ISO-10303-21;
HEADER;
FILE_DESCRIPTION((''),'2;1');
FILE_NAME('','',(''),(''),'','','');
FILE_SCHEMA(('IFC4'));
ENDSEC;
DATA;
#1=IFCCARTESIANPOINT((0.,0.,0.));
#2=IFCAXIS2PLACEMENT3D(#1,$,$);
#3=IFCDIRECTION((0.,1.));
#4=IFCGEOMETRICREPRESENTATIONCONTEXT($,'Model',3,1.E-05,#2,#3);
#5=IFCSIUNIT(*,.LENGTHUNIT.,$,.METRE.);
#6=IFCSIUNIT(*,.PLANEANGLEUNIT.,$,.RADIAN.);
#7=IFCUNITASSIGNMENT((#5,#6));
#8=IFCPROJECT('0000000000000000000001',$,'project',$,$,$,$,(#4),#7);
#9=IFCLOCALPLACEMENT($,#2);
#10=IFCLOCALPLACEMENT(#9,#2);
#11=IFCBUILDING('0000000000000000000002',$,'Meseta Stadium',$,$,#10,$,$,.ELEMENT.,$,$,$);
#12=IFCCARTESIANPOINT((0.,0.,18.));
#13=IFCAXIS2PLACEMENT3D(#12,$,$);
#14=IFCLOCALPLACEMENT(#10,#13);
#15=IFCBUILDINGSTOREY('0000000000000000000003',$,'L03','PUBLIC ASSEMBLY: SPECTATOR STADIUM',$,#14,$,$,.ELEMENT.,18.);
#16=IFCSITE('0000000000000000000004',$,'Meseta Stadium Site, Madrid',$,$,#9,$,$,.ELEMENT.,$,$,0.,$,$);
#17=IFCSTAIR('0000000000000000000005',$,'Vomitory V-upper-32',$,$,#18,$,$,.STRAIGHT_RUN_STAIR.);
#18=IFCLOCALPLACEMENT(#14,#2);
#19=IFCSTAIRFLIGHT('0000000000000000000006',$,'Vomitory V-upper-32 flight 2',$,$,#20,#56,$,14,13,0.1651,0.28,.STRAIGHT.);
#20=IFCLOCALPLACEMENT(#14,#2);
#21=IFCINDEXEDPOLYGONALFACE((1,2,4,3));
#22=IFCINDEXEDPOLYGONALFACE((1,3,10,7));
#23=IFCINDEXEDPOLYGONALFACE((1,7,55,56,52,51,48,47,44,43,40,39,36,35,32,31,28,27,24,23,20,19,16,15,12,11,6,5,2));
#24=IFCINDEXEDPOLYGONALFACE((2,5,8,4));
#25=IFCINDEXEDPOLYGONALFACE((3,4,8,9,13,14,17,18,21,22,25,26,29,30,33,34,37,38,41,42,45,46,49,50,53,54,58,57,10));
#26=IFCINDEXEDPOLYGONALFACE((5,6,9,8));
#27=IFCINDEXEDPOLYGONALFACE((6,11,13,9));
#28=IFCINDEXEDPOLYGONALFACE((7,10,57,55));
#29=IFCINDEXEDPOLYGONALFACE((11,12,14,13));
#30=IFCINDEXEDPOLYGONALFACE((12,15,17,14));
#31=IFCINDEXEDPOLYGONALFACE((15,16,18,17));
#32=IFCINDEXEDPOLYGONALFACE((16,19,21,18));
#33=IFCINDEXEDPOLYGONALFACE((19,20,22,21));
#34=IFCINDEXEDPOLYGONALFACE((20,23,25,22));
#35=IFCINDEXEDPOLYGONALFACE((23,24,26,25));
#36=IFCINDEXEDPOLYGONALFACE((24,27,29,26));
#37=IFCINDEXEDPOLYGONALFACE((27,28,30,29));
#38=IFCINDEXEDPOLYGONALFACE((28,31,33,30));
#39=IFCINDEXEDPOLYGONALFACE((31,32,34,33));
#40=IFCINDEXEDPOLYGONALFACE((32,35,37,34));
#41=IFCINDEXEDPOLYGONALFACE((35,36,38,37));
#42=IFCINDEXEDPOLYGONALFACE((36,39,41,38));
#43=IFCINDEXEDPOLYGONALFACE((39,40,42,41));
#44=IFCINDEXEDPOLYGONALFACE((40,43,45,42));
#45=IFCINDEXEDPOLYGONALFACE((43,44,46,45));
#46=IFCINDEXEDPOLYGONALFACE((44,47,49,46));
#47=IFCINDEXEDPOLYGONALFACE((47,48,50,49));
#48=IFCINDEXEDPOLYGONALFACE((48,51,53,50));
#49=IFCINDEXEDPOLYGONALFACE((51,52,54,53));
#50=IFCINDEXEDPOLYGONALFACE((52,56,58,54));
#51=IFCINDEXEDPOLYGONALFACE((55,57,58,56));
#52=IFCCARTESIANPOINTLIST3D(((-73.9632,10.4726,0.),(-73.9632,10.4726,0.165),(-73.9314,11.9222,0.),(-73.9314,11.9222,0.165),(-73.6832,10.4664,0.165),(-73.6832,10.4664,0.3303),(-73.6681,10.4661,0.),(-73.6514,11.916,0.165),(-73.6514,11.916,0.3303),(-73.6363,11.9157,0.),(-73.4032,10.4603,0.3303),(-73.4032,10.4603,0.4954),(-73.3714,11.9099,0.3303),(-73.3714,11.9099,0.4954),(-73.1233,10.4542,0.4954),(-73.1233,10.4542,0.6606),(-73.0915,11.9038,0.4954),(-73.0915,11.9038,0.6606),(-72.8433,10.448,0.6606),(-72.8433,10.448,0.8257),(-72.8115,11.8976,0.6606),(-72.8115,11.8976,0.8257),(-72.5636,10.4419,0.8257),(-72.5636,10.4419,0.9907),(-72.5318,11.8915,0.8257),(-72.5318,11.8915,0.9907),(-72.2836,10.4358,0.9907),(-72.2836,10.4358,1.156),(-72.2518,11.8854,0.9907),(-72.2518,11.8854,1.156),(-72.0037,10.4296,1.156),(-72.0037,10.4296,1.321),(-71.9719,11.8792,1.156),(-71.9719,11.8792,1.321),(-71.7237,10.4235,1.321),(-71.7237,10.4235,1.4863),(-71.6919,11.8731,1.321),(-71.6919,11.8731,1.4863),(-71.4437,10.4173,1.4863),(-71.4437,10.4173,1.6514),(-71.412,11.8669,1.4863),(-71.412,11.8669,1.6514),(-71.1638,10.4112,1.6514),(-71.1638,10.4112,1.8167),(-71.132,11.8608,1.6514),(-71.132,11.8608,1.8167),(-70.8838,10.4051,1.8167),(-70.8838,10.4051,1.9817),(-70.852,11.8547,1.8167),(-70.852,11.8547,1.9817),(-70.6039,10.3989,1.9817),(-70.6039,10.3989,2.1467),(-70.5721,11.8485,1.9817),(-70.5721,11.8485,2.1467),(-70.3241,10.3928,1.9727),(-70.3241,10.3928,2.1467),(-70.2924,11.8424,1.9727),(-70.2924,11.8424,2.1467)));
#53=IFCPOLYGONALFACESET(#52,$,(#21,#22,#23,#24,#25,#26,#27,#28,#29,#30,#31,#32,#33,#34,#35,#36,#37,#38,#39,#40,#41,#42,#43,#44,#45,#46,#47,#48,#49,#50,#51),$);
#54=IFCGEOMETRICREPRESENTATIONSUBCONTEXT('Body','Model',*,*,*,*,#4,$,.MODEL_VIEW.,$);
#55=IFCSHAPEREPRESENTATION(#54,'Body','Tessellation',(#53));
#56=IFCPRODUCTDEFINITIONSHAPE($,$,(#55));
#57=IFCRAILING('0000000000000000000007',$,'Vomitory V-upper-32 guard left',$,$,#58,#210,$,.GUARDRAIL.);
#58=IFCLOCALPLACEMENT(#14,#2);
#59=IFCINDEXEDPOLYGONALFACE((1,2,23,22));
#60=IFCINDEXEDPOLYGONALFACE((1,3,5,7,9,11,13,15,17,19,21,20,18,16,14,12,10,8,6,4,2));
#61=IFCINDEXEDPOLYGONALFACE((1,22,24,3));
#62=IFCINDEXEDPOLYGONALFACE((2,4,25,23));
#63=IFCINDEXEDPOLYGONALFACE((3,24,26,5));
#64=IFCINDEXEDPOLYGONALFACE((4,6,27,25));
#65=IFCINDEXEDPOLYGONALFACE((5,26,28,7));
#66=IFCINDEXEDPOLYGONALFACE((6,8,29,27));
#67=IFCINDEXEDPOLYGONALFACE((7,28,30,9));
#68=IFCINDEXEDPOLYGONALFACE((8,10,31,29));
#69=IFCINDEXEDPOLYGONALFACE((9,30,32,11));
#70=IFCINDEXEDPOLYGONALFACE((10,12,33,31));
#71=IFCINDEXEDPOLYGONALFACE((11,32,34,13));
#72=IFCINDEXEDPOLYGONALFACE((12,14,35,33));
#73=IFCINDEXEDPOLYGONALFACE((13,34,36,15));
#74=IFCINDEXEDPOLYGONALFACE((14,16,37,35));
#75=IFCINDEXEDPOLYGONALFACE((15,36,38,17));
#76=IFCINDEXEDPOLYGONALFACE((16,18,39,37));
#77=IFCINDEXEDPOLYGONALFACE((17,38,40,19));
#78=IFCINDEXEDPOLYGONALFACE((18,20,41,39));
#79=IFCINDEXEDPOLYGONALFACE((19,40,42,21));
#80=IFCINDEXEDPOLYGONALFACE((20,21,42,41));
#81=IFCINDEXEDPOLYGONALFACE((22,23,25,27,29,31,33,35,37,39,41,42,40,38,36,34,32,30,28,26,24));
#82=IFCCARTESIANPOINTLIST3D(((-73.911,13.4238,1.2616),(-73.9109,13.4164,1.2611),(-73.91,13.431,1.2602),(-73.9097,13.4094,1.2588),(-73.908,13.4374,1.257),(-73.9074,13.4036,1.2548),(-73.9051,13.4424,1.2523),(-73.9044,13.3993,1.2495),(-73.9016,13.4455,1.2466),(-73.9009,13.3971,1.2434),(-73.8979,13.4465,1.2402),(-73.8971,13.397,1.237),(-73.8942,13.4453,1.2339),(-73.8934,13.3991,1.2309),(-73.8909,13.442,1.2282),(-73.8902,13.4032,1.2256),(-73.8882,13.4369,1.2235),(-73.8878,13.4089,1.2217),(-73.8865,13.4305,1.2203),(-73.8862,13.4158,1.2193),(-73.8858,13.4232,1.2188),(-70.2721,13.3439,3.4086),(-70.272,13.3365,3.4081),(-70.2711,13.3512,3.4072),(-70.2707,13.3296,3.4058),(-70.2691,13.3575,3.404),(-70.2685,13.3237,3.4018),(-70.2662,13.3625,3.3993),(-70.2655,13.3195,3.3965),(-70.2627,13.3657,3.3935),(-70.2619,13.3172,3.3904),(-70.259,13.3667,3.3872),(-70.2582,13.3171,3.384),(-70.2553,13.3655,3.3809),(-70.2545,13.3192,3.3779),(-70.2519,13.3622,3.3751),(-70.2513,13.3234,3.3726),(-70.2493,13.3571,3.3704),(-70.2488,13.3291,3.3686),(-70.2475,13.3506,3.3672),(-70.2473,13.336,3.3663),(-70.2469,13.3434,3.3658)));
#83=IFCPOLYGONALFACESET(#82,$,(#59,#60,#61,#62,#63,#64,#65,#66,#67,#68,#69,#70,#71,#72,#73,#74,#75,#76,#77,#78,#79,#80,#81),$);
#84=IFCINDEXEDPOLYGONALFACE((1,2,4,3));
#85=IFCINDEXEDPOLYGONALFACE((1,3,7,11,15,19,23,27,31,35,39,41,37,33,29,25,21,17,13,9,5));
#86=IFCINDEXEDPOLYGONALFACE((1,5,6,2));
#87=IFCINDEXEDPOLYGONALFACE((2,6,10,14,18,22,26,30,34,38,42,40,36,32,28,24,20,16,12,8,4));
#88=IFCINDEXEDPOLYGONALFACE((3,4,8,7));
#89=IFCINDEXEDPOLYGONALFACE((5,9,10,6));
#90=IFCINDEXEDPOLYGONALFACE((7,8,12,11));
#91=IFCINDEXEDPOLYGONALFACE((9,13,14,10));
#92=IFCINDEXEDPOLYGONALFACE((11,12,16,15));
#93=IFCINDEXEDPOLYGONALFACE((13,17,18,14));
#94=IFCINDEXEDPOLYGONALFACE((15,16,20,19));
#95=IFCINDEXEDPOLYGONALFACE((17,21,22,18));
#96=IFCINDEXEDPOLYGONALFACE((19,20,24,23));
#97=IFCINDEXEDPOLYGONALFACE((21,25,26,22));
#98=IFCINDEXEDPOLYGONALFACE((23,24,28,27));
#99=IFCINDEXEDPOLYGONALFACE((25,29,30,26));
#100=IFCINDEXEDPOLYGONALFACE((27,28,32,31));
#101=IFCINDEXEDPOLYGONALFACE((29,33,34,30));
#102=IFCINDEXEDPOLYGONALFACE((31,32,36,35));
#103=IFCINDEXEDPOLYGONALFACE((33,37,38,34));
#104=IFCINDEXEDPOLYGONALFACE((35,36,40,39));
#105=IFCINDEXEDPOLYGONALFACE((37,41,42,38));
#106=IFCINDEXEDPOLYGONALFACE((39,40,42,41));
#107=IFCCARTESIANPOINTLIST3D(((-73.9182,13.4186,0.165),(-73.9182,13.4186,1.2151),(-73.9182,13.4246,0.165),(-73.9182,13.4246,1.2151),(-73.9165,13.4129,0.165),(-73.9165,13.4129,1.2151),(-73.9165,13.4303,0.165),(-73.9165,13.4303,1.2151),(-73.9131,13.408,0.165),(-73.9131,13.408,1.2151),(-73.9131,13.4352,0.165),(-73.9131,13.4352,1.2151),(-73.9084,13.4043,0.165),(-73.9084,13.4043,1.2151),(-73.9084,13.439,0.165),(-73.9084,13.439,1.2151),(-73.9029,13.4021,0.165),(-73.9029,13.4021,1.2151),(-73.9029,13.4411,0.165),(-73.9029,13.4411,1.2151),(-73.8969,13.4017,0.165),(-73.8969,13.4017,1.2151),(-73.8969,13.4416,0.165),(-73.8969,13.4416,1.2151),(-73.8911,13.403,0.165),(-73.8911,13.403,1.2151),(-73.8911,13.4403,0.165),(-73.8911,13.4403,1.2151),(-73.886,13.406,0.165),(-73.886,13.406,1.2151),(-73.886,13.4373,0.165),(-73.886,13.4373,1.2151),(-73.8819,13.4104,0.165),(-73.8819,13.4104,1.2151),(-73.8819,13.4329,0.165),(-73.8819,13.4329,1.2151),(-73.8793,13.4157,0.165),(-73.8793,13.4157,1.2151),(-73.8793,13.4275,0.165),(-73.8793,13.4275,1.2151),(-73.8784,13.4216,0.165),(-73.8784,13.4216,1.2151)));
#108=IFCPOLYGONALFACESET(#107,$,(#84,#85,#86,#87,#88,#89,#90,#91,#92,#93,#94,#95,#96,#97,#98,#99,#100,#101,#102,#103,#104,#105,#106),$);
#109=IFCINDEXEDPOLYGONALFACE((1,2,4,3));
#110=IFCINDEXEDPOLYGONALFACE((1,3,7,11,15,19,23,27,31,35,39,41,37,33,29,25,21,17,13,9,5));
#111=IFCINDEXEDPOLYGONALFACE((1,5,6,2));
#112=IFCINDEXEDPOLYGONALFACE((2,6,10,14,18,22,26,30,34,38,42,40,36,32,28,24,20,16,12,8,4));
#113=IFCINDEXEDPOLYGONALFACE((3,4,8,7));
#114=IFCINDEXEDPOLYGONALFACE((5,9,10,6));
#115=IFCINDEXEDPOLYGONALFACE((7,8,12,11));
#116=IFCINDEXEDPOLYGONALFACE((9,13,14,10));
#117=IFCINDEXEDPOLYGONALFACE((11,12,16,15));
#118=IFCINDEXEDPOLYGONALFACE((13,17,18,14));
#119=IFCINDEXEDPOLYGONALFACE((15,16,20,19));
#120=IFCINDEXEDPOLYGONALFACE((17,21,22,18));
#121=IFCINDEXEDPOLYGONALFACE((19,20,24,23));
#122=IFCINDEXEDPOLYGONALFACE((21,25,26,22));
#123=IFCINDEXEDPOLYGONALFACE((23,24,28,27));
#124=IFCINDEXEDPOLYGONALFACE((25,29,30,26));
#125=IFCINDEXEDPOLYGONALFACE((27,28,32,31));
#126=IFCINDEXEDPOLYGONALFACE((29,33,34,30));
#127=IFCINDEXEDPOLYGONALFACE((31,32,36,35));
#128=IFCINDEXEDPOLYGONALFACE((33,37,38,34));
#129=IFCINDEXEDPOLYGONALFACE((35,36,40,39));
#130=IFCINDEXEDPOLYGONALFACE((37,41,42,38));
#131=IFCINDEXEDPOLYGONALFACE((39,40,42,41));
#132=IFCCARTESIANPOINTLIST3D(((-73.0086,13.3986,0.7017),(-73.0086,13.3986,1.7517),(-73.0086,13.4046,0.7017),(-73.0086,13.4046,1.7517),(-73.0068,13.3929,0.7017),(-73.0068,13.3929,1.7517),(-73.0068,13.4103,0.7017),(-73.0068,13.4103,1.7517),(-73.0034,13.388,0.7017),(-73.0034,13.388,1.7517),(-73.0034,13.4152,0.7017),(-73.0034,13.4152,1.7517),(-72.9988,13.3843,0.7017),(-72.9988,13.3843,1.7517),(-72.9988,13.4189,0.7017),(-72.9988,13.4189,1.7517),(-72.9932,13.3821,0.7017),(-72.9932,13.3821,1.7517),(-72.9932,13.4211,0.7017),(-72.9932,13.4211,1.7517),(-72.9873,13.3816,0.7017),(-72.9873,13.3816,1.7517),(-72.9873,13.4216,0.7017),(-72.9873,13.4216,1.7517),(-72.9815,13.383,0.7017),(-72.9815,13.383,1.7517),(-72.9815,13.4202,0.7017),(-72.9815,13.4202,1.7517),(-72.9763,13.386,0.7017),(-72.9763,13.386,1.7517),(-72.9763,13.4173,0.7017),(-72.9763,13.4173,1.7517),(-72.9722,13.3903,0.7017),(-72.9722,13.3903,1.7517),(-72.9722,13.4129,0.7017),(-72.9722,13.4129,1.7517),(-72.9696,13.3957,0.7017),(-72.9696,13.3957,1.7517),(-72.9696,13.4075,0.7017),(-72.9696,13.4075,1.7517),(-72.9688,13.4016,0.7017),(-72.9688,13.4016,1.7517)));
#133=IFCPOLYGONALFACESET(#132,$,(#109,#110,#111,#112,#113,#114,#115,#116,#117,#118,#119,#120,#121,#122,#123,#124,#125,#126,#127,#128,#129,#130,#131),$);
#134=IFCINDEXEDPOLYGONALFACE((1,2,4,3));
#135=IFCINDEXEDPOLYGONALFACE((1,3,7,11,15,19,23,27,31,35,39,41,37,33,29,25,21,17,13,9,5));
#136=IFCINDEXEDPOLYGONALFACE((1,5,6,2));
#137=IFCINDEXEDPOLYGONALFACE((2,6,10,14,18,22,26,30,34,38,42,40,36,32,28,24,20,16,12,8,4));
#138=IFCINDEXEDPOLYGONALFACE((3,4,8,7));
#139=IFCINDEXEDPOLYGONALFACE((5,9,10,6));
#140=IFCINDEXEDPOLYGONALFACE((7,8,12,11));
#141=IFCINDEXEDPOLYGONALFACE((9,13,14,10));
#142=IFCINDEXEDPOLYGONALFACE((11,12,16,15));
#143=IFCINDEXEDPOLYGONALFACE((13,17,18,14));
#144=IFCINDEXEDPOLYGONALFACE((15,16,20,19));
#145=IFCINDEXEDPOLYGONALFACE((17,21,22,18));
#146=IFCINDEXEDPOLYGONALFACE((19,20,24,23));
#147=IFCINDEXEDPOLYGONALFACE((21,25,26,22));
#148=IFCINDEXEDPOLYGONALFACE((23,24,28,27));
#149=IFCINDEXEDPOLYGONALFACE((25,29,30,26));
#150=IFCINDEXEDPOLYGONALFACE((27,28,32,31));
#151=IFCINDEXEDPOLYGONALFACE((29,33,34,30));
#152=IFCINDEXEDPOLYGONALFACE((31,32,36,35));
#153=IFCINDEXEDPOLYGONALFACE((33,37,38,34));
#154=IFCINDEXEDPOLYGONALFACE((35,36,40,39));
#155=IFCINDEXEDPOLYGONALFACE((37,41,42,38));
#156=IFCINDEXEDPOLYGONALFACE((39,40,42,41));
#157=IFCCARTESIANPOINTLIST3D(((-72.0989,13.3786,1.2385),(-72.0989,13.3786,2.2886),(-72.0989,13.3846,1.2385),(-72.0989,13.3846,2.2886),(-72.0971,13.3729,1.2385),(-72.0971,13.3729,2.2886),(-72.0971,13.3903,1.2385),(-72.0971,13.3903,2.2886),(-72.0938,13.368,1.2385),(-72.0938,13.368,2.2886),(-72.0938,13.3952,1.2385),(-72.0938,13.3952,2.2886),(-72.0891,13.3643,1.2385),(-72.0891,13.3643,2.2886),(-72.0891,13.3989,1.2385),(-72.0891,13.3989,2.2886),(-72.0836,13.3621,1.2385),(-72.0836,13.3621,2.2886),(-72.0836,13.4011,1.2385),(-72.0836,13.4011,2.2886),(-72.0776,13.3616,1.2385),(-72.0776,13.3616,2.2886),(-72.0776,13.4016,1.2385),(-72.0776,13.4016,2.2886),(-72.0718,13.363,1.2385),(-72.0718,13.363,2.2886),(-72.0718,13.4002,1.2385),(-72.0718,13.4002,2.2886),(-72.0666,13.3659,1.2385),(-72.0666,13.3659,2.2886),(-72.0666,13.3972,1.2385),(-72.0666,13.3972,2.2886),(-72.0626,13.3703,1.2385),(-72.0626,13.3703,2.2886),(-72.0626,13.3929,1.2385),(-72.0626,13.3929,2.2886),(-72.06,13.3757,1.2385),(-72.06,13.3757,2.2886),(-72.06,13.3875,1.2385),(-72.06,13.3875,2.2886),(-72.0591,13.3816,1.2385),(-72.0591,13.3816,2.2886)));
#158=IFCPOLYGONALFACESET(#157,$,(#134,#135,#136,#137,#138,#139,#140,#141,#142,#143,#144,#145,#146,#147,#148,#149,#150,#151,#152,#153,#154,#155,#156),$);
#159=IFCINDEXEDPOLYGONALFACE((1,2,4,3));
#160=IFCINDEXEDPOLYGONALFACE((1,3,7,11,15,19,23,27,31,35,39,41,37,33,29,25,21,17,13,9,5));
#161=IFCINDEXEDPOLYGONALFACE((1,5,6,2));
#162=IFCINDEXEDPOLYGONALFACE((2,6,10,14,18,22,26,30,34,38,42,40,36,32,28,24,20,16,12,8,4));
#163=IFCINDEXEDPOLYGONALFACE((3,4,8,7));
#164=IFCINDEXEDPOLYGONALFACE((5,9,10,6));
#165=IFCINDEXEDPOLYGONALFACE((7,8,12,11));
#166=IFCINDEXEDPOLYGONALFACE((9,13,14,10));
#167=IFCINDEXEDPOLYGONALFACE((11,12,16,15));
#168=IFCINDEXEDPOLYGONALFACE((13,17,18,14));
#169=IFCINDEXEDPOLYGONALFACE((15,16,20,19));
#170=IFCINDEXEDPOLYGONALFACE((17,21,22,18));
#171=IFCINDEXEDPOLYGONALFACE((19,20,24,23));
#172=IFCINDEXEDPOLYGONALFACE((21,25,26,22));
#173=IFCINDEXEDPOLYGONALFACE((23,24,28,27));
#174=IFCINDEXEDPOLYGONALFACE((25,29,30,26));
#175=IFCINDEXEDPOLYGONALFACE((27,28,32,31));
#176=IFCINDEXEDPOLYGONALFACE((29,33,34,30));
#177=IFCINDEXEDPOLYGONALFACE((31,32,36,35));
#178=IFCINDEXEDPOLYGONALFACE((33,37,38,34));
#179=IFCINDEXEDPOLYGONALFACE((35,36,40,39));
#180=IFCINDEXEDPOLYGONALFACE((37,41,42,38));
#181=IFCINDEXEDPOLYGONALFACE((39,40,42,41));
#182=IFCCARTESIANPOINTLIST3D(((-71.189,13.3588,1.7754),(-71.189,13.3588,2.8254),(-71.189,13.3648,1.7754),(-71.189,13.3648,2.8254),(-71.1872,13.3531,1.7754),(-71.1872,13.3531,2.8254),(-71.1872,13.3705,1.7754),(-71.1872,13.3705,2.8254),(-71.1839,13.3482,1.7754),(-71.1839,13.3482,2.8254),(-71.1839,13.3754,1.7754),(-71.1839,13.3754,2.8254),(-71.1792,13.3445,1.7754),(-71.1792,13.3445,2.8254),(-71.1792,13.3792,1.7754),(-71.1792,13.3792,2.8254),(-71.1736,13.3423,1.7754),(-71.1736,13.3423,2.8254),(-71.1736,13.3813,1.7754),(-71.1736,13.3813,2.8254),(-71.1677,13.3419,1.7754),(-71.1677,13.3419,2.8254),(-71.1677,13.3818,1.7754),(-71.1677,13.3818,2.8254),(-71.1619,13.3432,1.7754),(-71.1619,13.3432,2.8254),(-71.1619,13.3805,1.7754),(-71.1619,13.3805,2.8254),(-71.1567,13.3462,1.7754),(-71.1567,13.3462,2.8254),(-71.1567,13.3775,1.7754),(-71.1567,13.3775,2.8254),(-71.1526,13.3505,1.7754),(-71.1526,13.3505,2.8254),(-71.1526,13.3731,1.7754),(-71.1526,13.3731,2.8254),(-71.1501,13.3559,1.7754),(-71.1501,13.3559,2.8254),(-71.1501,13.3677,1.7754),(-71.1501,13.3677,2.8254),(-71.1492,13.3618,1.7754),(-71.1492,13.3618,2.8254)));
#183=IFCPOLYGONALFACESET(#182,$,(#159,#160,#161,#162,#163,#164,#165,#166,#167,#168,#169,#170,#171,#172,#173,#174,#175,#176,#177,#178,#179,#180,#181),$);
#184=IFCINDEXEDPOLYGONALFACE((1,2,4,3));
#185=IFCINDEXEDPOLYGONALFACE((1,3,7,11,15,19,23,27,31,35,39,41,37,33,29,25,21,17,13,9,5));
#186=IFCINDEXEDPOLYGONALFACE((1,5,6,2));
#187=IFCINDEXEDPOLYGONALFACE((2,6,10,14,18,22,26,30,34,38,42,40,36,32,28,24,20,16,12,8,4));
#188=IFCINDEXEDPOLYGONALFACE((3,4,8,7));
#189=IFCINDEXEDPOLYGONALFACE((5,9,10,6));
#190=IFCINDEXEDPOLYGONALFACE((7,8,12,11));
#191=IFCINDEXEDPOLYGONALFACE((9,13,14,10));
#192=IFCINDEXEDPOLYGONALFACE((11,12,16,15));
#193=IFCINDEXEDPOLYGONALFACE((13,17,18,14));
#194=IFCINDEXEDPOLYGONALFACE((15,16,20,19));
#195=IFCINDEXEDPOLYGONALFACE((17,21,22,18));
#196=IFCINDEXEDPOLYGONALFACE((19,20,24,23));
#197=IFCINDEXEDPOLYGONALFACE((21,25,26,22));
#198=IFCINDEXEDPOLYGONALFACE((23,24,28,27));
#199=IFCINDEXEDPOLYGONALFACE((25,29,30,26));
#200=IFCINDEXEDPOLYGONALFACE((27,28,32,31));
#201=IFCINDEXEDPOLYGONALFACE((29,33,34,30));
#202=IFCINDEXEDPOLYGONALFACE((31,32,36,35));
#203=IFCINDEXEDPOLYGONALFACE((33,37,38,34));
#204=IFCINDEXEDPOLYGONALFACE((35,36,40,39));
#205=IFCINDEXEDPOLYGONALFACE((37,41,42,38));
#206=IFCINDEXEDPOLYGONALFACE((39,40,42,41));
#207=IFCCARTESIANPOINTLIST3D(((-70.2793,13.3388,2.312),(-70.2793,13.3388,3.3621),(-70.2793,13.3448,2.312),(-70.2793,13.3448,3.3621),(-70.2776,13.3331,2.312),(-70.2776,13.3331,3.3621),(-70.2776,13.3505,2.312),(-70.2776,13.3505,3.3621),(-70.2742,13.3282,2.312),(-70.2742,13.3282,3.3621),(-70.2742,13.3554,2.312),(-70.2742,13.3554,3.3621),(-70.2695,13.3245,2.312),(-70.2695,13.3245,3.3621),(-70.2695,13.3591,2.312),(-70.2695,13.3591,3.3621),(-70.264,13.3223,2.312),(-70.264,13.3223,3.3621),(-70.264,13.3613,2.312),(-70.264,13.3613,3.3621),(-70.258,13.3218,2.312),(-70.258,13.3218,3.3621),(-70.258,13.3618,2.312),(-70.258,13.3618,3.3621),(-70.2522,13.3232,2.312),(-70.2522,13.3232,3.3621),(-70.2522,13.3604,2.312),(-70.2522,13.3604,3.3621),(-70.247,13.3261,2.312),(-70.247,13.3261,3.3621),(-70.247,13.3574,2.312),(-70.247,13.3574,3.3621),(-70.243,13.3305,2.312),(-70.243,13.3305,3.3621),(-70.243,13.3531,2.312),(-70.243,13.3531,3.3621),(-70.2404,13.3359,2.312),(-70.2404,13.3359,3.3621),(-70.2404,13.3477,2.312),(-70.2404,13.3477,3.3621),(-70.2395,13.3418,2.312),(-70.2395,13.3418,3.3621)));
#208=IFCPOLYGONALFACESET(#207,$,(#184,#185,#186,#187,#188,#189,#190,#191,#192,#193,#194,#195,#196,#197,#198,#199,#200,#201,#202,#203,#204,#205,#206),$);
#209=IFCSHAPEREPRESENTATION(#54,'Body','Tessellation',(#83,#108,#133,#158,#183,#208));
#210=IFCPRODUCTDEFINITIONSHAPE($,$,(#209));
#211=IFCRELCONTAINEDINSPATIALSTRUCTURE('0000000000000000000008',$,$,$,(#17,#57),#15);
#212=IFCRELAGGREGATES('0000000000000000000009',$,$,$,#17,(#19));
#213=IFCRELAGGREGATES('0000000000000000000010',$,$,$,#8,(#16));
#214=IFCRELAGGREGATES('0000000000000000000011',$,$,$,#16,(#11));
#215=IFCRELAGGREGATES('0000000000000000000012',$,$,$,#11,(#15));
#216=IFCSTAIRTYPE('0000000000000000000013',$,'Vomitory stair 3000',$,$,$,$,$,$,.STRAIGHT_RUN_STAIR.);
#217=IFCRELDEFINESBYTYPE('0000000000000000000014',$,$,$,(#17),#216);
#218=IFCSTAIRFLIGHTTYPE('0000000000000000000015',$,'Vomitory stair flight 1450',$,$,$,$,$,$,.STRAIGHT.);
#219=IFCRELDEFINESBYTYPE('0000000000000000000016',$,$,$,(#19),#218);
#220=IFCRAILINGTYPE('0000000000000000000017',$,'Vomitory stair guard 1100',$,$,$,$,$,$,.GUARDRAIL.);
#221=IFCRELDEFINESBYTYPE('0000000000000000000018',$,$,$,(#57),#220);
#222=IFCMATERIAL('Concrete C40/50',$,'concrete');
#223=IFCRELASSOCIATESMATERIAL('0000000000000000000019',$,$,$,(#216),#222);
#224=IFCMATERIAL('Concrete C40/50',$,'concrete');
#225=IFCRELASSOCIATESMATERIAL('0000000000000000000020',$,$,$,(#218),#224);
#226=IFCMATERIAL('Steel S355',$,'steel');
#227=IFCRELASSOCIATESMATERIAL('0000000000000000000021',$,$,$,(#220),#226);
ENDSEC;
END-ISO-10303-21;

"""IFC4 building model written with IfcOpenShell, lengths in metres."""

from ifc_helpers import new_model, si_unit, direction, frame, origin, origin_2d, place, context, subcontext, project, spatial, polyline, circle, outline, extrude, material, type_object, element, aggregate, save


model = new_model("IFC4")

# Units and contexts
model_context = context("Model", 3, precision=1e-05, world=origin(), true_north=direction((0.0, 1.0)))
body_context = subcontext(model_context, "Body", "Model", "MODEL_VIEW")
ifc_project = project(units=[si_unit("LENGTHUNIT", "METRE"), si_unit("PLANEANGLEUNIT", "RADIAN")], contexts=[model_context])

# Site, building, storey
site_placement = place(None, origin())
site = spatial("IfcSite", under=ifc_project, at=site_placement, Name="Meseta Stadium Site, Madrid", CompositionType="ELEMENT", RefElevation=0.0)
building_placement = place(site_placement, origin())
building = spatial("IfcBuilding", under=site, at=building_placement, Name="Meseta Stadium", CompositionType="ELEMENT")
storey_placement = place(building_placement, frame((0.0, 0.0, 18.0)))
storey = spatial("IfcBuildingStorey", under=building, at=storey_placement, Name="L03", Description="PUBLIC ASSEMBLY: SPECTATOR STADIUM", CompositionType="ELEMENT", Elevation=18.0)

# Stair, stair flight
ifc_material_1 = material(Name="Concrete C40/50", Category="concrete")
stair_type = type_object("IfcStairType", Name="Vomitory stair 3000", PredefinedType="STRAIGHT_RUN_STAIR", material=ifc_material_1)
stair_placement = place(storey_placement, origin())
stair = element("IfcStair", 1, at=stair_placement, inside=storey, type_object=stair_type, Name="Vomitory V-upper-32", PredefinedType="STRAIGHT_RUN_STAIR")
ifc_material_2 = material(Name="Concrete C40/50", Category="concrete")
stair_flight_type = type_object("IfcStairFlightType", Name="Vomitory stair flight 1450", PredefinedType="STRAIGHT", material=ifc_material_2)
stair_flight_1_placement = place(storey_placement, frame((-73.9473, 11.1973, 0.0), z_axis=(0.0, 0.0, 1.0), x_axis=(0.99976, -0.021925, 0.0)))
stair_flight_1 = element("IfcStairFlight", 2, at=stair_flight_1_placement, type_object=stair_flight_type, Name="Vomitory V-upper-32 flight 2", NumberOfRisers=14, NumberOfTreads=13, PredefinedType="STRAIGHT", RiserHeight=0.1651, TreadLength=0.28, context=body_context, shape_type="SweptSolid", body=[
    extrude(outline(polyline([(0.0, 0.0), (0.0, 0.165), (0.28, 0.165), (0.28, 0.3303), (0.5601, 0.3303), (0.5601, 0.4954), (0.8401, 0.4954), (0.8401, 0.6606), (1.1201, 0.6606), (1.1201, 0.8257), (1.3999, 0.8257), (1.3999, 0.9907), (1.6799, 0.9907), (1.6799, 1.156), (1.96, 1.156), (1.96, 1.321), (2.24, 1.321), (2.24, 1.4863), (2.52, 1.4863), (2.52, 1.6514), (2.8, 1.6514), (2.8, 1.8167), (3.0801, 1.8167), (3.0801, 1.9817), (3.3601, 1.9817), (3.3601, 2.1467), (3.6399, 2.1467), (3.6399, 1.9727), (0.2952, 0.0), (0.0, 0.0)])), frame((0.0, 0.7251, 0.0), z_axis=(0.0, -1.0, 0.0), x_axis=(1.0, 0.0, 0.0)), (0.0, 0.0, 1.0), 1.45),
])
aggregate(stair, [stair_flight_1])

# Railing
ifc_material_3 = material(Name="Steel S355", Category="steel")
railing_type_1 = type_object("IfcRailingType", Name="Vomitory stair guard 1100", PredefinedType="GUARDRAIL", material=ifc_material_3)
railing_1_placement = place(storey_placement, frame((-73.8984, 13.4216, 0.165)))
element("IfcRailing", 3, at=railing_1_placement, inside=storey, type_object=railing_type_1, Name="Vomitory V-upper-32 guard left", PredefinedType="GUARDRAIL", context=body_context, shape_type="SweptSolid", body=[
    extrude(circle(Radius=0.0249, at=origin_2d()), frame((0.0, 0.0, 1.0752), z_axis=(0.861114, -0.018892, 0.50806), x_axis=(0.021934, 0.999759, 0.0)), (0.0, 0.0, 1.0), 4.2258),
    extrude(circle(Radius=0.02, at=origin_2d()), origin(), (0.0, 0.0, 1.0), 1.05),
    extrude(circle(Radius=0.02, at=origin_2d()), frame((0.9097, -0.02, 0.5366)), (0.0, 0.0, 1.0), 1.05),
    extrude(circle(Radius=0.02, at=origin_2d()), frame((1.8193, -0.04, 1.0735)), (0.0, 0.0, 1.0), 1.05),
    extrude(circle(Radius=0.02, at=origin_2d()), frame((2.7292, -0.0598, 1.6104)), (0.0, 0.0, 1.0), 1.05),
    extrude(circle(Radius=0.02, at=origin_2d()), frame((3.6389, -0.0798, 2.147)), (0.0, 0.0, 1.0), 1.05),
])

save(model, "model.ifc")
